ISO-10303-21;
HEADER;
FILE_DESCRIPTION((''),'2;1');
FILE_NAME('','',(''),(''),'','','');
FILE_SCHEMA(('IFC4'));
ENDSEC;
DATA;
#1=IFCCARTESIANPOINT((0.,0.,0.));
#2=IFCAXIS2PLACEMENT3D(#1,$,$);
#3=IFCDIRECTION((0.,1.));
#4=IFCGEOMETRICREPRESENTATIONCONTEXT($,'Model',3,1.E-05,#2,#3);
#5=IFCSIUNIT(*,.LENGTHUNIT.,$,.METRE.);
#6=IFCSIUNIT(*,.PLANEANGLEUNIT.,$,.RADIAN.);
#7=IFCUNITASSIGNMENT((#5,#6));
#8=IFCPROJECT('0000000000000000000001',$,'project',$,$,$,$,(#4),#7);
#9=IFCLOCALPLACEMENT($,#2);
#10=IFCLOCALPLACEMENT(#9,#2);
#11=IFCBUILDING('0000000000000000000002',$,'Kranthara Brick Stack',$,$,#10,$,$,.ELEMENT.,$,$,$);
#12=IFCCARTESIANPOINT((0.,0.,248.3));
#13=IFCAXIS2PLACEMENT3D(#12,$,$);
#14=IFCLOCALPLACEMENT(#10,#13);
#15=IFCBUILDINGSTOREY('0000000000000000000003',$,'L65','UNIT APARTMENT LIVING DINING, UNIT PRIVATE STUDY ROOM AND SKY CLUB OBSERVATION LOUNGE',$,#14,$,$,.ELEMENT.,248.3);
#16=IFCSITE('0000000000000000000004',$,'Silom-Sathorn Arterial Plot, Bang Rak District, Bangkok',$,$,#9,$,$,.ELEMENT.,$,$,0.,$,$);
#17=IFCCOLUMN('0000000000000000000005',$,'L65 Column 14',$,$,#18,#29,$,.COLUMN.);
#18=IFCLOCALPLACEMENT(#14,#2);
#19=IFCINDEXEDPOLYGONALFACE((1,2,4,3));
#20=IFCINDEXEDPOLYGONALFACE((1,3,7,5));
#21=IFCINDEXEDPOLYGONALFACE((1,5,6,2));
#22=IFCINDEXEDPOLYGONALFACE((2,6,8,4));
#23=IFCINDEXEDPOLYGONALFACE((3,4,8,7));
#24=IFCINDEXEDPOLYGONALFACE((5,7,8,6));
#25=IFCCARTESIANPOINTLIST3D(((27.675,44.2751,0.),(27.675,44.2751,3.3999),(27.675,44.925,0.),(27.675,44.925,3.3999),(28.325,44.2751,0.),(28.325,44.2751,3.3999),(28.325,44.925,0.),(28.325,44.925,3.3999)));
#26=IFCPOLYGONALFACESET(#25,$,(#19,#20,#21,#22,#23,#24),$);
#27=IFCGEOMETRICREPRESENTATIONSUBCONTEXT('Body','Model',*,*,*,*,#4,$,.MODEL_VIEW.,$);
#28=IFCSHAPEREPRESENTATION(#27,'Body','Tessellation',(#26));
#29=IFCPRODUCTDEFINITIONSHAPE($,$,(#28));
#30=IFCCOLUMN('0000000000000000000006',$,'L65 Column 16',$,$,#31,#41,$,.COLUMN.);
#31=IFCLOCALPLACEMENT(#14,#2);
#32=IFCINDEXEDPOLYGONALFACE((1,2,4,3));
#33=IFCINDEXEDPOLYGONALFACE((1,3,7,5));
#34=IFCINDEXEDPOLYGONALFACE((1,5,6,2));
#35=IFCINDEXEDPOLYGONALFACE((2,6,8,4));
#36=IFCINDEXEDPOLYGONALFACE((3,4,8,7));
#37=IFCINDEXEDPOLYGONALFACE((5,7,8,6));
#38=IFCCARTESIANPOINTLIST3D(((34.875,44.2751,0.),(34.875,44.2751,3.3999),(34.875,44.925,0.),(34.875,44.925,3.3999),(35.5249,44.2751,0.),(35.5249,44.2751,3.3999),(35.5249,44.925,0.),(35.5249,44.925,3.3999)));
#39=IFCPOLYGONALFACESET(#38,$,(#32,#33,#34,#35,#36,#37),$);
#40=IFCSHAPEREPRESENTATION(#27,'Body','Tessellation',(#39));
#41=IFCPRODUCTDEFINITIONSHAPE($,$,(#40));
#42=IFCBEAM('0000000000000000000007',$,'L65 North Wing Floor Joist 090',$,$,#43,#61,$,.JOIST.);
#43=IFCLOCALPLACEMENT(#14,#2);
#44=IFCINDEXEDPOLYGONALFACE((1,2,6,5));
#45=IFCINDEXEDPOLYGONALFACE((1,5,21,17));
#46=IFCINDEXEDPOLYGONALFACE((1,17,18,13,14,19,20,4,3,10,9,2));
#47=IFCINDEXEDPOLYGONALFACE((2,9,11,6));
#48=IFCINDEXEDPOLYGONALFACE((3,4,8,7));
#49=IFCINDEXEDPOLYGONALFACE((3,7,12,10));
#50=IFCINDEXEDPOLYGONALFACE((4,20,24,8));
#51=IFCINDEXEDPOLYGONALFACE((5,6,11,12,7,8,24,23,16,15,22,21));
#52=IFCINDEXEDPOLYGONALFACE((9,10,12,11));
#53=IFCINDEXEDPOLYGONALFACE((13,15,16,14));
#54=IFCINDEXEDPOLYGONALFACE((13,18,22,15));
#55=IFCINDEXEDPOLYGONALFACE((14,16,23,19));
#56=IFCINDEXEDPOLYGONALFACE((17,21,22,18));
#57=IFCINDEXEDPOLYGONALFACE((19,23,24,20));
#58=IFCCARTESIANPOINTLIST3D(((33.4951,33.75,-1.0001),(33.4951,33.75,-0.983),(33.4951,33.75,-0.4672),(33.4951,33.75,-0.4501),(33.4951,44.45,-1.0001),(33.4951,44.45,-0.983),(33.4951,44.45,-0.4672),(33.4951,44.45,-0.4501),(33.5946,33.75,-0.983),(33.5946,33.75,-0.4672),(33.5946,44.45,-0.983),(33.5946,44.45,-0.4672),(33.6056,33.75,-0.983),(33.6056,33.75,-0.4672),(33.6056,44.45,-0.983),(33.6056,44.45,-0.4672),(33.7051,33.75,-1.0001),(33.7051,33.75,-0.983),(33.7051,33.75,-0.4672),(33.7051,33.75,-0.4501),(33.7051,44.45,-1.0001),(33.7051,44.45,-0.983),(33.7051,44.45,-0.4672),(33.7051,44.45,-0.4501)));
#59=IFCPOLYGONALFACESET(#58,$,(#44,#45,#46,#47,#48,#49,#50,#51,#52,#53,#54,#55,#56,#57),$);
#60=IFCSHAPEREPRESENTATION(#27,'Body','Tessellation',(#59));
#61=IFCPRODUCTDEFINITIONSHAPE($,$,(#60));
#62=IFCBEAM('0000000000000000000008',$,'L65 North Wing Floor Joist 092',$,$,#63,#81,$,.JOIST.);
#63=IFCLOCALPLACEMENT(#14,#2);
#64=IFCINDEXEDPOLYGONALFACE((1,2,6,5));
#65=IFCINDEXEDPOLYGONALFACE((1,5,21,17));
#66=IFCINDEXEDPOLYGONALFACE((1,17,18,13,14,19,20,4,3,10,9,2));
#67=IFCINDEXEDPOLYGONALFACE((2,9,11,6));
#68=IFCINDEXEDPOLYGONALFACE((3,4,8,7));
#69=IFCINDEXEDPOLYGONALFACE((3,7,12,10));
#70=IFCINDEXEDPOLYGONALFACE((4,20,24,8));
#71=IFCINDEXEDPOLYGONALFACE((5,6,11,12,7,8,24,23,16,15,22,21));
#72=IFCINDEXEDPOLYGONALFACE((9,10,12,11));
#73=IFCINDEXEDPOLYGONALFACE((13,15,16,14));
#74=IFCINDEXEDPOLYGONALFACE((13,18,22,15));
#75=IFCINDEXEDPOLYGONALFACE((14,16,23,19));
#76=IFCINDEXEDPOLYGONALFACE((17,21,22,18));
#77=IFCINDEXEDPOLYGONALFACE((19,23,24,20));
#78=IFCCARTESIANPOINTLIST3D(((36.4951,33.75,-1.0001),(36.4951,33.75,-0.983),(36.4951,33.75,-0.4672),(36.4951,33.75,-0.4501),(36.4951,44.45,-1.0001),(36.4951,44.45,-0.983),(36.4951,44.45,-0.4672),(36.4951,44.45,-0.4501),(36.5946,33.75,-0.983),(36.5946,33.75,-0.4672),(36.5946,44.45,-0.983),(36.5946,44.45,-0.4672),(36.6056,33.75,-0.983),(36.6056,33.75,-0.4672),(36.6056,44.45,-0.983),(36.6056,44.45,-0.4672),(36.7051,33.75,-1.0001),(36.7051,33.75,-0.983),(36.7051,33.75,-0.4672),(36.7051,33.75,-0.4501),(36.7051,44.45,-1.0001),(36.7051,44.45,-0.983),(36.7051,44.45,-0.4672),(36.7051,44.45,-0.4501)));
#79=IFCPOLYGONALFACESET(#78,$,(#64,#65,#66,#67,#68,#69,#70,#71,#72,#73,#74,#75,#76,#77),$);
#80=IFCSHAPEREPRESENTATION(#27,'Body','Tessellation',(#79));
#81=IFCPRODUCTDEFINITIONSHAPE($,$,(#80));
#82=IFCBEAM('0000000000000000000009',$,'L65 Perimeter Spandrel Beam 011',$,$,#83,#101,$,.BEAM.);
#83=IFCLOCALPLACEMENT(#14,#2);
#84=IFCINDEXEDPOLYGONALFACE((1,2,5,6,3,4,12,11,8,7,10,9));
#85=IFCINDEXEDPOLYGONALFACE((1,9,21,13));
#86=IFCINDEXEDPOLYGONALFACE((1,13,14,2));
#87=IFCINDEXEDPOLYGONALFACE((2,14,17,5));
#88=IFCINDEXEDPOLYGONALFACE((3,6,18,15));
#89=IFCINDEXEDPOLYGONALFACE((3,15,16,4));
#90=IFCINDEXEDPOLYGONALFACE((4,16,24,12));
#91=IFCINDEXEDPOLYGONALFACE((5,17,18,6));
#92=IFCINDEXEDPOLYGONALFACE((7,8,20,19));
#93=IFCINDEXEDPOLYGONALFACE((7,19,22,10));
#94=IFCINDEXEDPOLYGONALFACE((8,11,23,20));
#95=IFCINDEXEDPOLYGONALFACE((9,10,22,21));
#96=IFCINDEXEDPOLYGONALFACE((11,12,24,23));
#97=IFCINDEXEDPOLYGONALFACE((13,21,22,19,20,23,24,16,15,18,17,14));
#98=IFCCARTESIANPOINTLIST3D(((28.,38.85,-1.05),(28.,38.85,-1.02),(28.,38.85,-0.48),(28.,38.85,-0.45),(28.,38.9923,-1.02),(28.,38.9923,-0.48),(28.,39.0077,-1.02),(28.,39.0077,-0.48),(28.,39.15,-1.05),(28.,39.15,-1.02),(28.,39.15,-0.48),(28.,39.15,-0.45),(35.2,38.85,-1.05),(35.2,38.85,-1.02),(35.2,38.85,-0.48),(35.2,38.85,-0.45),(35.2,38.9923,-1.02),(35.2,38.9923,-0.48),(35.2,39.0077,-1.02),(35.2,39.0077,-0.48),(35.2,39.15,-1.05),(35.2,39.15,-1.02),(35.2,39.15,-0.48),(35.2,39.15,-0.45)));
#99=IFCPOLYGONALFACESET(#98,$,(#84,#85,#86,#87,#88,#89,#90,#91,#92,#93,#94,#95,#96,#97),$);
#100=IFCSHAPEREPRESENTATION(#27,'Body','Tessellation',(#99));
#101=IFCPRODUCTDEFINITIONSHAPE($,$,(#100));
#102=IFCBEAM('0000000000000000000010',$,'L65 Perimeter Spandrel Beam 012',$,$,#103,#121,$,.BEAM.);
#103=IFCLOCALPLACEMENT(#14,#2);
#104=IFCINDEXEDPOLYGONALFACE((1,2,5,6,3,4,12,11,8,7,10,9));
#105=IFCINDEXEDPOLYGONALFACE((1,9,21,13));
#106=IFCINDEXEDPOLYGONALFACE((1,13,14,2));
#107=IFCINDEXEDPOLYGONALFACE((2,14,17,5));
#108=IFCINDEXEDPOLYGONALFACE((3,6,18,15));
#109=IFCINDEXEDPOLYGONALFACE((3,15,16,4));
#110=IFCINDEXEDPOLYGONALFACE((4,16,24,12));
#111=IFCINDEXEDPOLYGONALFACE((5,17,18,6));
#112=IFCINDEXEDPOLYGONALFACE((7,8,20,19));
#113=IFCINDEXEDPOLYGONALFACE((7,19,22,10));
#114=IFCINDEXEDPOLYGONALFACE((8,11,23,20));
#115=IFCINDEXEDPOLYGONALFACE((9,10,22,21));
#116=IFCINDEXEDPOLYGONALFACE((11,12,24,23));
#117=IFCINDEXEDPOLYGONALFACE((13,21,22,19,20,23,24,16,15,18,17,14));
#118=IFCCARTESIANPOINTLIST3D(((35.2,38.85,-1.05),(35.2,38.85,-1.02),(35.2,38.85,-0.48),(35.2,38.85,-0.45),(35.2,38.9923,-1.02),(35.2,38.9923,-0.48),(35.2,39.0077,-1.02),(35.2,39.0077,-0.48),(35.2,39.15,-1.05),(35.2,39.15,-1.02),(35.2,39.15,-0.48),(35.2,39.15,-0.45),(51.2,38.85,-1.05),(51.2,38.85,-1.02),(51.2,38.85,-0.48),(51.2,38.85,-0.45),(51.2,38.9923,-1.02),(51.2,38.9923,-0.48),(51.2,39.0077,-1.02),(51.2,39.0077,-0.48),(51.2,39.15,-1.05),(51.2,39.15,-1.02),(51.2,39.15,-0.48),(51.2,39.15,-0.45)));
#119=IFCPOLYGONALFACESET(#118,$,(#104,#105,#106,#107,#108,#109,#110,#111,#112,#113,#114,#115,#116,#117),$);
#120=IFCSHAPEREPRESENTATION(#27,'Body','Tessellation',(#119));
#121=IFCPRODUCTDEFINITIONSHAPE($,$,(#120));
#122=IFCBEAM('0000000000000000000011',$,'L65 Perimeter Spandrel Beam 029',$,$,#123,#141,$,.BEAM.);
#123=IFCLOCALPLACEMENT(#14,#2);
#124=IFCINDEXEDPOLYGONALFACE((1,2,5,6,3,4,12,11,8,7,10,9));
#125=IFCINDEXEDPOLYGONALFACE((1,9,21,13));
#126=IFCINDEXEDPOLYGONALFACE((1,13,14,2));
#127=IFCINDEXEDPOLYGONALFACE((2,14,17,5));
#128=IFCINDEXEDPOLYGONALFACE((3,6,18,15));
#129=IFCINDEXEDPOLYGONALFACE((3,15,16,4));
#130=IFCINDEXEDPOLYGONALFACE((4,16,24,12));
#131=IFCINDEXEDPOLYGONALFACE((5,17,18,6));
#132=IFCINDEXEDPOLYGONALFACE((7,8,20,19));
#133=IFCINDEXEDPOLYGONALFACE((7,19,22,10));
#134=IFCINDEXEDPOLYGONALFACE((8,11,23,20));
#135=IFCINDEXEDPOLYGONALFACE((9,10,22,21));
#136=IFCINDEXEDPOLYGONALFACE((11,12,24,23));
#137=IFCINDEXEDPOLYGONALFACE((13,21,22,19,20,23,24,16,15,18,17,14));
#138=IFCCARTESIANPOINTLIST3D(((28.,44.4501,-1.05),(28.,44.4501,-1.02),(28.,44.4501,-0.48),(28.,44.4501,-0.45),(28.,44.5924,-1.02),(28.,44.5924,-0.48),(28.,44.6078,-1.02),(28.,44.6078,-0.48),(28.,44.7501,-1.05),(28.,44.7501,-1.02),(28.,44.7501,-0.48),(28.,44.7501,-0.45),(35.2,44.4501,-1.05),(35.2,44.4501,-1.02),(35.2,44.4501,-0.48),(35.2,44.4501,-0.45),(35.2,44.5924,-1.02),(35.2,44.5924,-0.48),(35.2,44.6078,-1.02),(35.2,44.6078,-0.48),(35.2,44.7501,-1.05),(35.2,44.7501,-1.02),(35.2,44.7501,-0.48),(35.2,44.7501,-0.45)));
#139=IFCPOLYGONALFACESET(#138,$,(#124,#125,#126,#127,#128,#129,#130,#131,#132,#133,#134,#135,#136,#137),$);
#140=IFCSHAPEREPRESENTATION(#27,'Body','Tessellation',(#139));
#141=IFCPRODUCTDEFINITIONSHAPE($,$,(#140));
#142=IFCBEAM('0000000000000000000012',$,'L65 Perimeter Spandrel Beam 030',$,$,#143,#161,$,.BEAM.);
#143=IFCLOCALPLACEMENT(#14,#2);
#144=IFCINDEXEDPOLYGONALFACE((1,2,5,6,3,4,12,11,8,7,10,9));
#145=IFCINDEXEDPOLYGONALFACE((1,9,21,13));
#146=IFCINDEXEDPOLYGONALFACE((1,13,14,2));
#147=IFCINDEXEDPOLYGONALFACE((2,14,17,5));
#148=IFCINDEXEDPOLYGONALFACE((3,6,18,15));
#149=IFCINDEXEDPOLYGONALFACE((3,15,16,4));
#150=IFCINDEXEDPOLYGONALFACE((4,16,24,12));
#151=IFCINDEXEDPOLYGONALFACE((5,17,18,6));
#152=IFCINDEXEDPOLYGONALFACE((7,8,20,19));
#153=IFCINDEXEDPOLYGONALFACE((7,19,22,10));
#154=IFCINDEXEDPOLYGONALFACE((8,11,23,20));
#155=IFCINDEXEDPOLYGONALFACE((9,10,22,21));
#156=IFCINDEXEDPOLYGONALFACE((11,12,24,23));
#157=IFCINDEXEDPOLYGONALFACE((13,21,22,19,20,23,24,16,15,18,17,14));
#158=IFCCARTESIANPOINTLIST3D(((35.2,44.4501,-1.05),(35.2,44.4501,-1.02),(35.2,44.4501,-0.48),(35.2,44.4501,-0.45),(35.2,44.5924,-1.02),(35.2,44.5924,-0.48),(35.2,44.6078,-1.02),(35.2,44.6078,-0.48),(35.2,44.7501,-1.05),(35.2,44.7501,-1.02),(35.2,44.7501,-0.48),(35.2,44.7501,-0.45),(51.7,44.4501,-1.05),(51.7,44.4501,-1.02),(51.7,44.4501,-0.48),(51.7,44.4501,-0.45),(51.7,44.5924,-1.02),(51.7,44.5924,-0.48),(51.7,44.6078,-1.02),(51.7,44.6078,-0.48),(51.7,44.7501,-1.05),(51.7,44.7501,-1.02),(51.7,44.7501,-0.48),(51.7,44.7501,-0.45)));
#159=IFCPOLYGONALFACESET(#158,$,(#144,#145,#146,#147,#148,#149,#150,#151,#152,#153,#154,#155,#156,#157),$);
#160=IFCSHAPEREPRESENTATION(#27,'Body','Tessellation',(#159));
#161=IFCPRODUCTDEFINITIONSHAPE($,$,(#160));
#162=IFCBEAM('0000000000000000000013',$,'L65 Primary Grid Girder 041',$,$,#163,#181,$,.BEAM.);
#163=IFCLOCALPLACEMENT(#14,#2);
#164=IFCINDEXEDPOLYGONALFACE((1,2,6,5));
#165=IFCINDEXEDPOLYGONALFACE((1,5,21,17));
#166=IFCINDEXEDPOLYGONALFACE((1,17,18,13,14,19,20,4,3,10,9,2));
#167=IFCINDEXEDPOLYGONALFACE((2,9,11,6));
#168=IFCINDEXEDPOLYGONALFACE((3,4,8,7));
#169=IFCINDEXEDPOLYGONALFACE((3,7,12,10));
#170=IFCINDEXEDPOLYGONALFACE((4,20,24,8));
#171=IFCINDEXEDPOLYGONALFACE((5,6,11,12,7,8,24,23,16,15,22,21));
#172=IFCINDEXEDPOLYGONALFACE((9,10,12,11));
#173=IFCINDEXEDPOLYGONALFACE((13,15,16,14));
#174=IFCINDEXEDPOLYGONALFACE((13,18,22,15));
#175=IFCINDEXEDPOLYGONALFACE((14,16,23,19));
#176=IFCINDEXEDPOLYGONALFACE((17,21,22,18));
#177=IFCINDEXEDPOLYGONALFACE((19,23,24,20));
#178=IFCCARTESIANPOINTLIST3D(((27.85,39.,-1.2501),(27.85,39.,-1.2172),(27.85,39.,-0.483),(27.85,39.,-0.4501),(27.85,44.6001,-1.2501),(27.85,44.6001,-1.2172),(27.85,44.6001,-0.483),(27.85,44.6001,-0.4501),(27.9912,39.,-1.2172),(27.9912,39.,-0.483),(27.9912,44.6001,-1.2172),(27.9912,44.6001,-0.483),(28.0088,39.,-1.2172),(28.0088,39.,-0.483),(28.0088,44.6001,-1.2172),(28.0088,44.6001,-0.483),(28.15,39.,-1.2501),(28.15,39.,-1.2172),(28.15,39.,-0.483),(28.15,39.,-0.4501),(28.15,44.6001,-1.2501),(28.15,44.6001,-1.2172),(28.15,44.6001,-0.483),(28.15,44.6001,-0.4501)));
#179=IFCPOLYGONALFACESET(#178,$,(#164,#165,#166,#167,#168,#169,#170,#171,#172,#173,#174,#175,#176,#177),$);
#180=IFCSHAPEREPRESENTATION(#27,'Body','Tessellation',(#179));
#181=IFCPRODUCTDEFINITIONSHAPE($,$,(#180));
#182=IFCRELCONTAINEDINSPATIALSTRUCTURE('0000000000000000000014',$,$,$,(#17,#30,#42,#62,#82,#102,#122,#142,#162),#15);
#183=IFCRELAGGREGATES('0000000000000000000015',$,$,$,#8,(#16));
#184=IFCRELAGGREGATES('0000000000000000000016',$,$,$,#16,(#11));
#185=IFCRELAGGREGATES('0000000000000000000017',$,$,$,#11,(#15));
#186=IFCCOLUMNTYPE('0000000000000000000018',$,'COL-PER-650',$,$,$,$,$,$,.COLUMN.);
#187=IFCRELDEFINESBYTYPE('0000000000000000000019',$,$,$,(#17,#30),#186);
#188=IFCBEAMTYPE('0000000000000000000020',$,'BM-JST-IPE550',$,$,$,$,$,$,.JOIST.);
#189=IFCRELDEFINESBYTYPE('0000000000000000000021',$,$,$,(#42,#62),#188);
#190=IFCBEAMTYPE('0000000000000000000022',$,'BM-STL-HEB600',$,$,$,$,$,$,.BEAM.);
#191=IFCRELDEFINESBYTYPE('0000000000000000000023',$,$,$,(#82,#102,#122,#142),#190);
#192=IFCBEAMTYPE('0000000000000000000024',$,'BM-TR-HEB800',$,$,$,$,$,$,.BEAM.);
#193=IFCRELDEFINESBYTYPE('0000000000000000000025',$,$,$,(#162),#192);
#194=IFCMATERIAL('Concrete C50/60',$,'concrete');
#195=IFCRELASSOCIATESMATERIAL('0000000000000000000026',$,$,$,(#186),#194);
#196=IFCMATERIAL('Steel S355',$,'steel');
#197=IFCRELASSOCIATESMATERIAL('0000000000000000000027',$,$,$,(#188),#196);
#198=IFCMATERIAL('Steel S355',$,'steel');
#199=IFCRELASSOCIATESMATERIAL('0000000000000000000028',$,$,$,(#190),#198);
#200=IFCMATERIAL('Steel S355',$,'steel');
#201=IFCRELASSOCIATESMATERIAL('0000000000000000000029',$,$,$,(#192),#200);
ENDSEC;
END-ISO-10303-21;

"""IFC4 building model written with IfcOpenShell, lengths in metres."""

from ifc_helpers import new_model, si_unit, direction, frame, origin, origin_2d, place, context, subcontext, project, spatial, rectangle, i_section, extrude, material, material_profile, profile_set, type_object, element, save


model = new_model("IFC4")

# Units and contexts
model_context = context("Model", 3, precision=1e-05, world=origin(), true_north=direction((0.0, 1.0)))
body_context = subcontext(model_context, "Body", "Model", "MODEL_VIEW")
ifc_project = project(units=[si_unit("LENGTHUNIT", "METRE"), si_unit("PLANEANGLEUNIT", "RADIAN")], contexts=[model_context])

# Site, building, storey
site_placement = place(None, origin())
site = spatial("IfcSite", under=ifc_project, at=site_placement, Name="Silom-Sathorn Arterial Plot, Bang Rak District, Bangkok", CompositionType="ELEMENT", RefElevation=0.0)
building_placement = place(site_placement, origin())
building = spatial("IfcBuilding", under=site, at=building_placement, Name="Kranthara Brick Stack", CompositionType="ELEMENT")
storey_placement = place(building_placement, frame((0.0, 0.0, 248.3)))
storey = spatial("IfcBuildingStorey", under=building, at=storey_placement, Name="L65", Description="UNIT APARTMENT LIVING DINING, UNIT PRIVATE STUDY ROOM AND SKY CLUB OBSERVATION LOUNGE", CompositionType="ELEMENT", Elevation=248.3)

# Columns
ifc_material_1 = material(Name="Concrete C50/60", Category="concrete")
ifc_material_profile_1 = material_profile(ifc_material_1, rectangle(XDim=0.6499, YDim=0.6499, at=origin_2d()), Name="RC 650x650")
ifc_profile_set_1 = profile_set([ifc_material_profile_1], Name="Concrete C50/60")
column_type = type_object("IfcColumnType", Name="COL-PER-650", PredefinedType="COLUMN", material=ifc_profile_set_1)
for number, where, z_axis, x_axis, name in (
    (1, (28.0, 44.6001, 0.0), (0.0, 0.0, 1.0), (1.0, 0.0, 0.0), "L65 Column 14"),
    (2, (35.2, 44.6001, 0.0), (0.0, 0.0, 1.0), (1.0, 0.0, 0.0), "L65 Column 16"),
):
    element("IfcColumn", number, at=place(storey_placement, frame(where, z_axis=z_axis, x_axis=x_axis)), inside=storey, type_object=column_type, Name=name, PredefinedType="COLUMN", context=body_context, shape_type="SweptSolid", body=[
        extrude(rectangle(XDim=0.6499, YDim=0.6499, at=origin_2d()), origin(), (0.0, 0.0, 1.0), 3.3999),
    ])

# Beams
ifc_material_2 = material(Name="Steel S355", Category="steel")
ifc_material_profile_2 = material_profile(ifc_material_2, i_section(OverallWidth=0.21, OverallDepth=0.55, WebThickness=0.011, FlangeThickness=0.0171, at=origin_2d()), Name="IPE 550")
ifc_profile_set_2 = profile_set([ifc_material_profile_2], Name="Steel S355")
beam_type_1 = type_object("IfcBeamType", Name="BM-JST-IPE550", PredefinedType="JOIST", material=ifc_profile_set_2)
for number, where, z_axis, x_axis, name in (
    (3, (33.6001, 33.75, -0.7251), (0.0, 1.0, 0.0), (-1.0, 0.0, 0.0), "L65 North Wing Floor Joist 090"),
    (4, (36.6001, 33.75, -0.7251), (0.0, 1.0, 0.0), (-1.0, 0.0, 0.0), "L65 North Wing Floor Joist 092"),
):
    element("IfcBeam", number, at=place(storey_placement, frame(where, z_axis=z_axis, x_axis=x_axis)), inside=storey, type_object=beam_type_1, Name=name, PredefinedType="JOIST", context=body_context, shape_type="SweptSolid", body=[
        extrude(i_section(OverallWidth=0.21, OverallDepth=0.55, WebThickness=0.011, FlangeThickness=0.0171, at=origin_2d()), origin(), (0.0, 0.0, 1.0), 10.7),
    ])
ifc_material_3 = material(Name="Steel S355", Category="steel")
ifc_material_profile_3 = material_profile(ifc_material_3, i_section(OverallWidth=0.3, OverallDepth=0.6001, WebThickness=0.0154, FlangeThickness=0.03, at=origin_2d()), Name="HEB 600")
ifc_profile_set_3 = profile_set([ifc_material_profile_3], Name="Steel S355")
beam_type_2 = type_object("IfcBeamType", Name="BM-STL-HEB600", PredefinedType="BEAM", material=ifc_profile_set_3)
beam_1_placement = place(storey_placement, frame((28.0, 39.0, -0.75), z_axis=(1.0, 0.0, 0.0), x_axis=(0.0, 1.0, 0.0)))
element("IfcBeam", 5, at=beam_1_placement, inside=storey, type_object=beam_type_2, Name="L65 Perimeter Spandrel Beam 011", PredefinedType="BEAM", context=body_context, shape_type="SweptSolid", body=[
    extrude(i_section(OverallWidth=0.3, OverallDepth=0.6001, WebThickness=0.0154, FlangeThickness=0.03, at=origin_2d()), origin(), (0.0, 0.0, 1.0), 7.2),
])
beam_2_placement = place(storey_placement, frame((35.2, 39.0, -0.75), z_axis=(1.0, 0.0, 0.0), x_axis=(0.0, 1.0, 0.0)))
element("IfcBeam", 6, at=beam_2_placement, inside=storey, type_object=beam_type_2, Name="L65 Perimeter Spandrel Beam 012", PredefinedType="BEAM", context=body_context, shape_type="SweptSolid", body=[
    extrude(i_section(OverallWidth=0.3, OverallDepth=0.6001, WebThickness=0.0154, FlangeThickness=0.03, at=origin_2d()), origin(), (0.0, 0.0, 1.0), 16.0),
])
beam_3_placement = place(storey_placement, frame((28.0, 44.6001, -0.75), z_axis=(1.0, 0.0, 0.0), x_axis=(0.0, 1.0, 0.0)))
element("IfcBeam", 7, at=beam_3_placement, inside=storey, type_object=beam_type_2, Name="L65 Perimeter Spandrel Beam 029", PredefinedType="BEAM", context=body_context, shape_type="SweptSolid", body=[
    extrude(i_section(OverallWidth=0.3, OverallDepth=0.6001, WebThickness=0.0154, FlangeThickness=0.03, at=origin_2d()), origin(), (0.0, 0.0, 1.0), 7.2),
])
beam_4_placement = place(storey_placement, frame((35.2, 44.6001, -0.75), z_axis=(1.0, 0.0, 0.0), x_axis=(0.0, 1.0, 0.0)))
element("IfcBeam", 8, at=beam_4_placement, inside=storey, type_object=beam_type_2, Name="L65 Perimeter Spandrel Beam 030", PredefinedType="BEAM", context=body_context, shape_type="SweptSolid", body=[
    extrude(i_section(OverallWidth=0.3, OverallDepth=0.6001, WebThickness=0.0154, FlangeThickness=0.03, at=origin_2d()), origin(), (0.0, 0.0, 1.0), 16.5),
])
ifc_material_4 = material(Name="Steel S355", Category="steel")
ifc_material_profile_4 = material_profile(ifc_material_4, i_section(OverallWidth=0.3, OverallDepth=0.8, WebThickness=0.0176, FlangeThickness=0.033, at=origin_2d()), Name="HEB 800")
ifc_profile_set_4 = profile_set([ifc_material_profile_4], Name="Steel S355")
beam_type_3 = type_object("IfcBeamType", Name="BM-TR-HEB800", PredefinedType="BEAM", material=ifc_profile_set_4)
for number, where, z_axis, x_axis, name in (
    (9, (28.0, 39.0, -0.8501), (0.0, 1.0, 0.0), (-1.0, 0.0, 0.0), "L65 Primary Grid Girder 041"),
):
    element("IfcBeam", number, at=place(storey_placement, frame(where, z_axis=z_axis, x_axis=x_axis)), inside=storey, type_object=beam_type_3, Name=name, PredefinedType="BEAM", context=body_context, shape_type="SweptSolid", body=[
        extrude(i_section(OverallWidth=0.3, OverallDepth=0.8, WebThickness=0.0176, FlangeThickness=0.033, at=origin_2d()), origin(), (0.0, 0.0, 1.0), 5.6001),
    ])

save(model, "model.ifc")
